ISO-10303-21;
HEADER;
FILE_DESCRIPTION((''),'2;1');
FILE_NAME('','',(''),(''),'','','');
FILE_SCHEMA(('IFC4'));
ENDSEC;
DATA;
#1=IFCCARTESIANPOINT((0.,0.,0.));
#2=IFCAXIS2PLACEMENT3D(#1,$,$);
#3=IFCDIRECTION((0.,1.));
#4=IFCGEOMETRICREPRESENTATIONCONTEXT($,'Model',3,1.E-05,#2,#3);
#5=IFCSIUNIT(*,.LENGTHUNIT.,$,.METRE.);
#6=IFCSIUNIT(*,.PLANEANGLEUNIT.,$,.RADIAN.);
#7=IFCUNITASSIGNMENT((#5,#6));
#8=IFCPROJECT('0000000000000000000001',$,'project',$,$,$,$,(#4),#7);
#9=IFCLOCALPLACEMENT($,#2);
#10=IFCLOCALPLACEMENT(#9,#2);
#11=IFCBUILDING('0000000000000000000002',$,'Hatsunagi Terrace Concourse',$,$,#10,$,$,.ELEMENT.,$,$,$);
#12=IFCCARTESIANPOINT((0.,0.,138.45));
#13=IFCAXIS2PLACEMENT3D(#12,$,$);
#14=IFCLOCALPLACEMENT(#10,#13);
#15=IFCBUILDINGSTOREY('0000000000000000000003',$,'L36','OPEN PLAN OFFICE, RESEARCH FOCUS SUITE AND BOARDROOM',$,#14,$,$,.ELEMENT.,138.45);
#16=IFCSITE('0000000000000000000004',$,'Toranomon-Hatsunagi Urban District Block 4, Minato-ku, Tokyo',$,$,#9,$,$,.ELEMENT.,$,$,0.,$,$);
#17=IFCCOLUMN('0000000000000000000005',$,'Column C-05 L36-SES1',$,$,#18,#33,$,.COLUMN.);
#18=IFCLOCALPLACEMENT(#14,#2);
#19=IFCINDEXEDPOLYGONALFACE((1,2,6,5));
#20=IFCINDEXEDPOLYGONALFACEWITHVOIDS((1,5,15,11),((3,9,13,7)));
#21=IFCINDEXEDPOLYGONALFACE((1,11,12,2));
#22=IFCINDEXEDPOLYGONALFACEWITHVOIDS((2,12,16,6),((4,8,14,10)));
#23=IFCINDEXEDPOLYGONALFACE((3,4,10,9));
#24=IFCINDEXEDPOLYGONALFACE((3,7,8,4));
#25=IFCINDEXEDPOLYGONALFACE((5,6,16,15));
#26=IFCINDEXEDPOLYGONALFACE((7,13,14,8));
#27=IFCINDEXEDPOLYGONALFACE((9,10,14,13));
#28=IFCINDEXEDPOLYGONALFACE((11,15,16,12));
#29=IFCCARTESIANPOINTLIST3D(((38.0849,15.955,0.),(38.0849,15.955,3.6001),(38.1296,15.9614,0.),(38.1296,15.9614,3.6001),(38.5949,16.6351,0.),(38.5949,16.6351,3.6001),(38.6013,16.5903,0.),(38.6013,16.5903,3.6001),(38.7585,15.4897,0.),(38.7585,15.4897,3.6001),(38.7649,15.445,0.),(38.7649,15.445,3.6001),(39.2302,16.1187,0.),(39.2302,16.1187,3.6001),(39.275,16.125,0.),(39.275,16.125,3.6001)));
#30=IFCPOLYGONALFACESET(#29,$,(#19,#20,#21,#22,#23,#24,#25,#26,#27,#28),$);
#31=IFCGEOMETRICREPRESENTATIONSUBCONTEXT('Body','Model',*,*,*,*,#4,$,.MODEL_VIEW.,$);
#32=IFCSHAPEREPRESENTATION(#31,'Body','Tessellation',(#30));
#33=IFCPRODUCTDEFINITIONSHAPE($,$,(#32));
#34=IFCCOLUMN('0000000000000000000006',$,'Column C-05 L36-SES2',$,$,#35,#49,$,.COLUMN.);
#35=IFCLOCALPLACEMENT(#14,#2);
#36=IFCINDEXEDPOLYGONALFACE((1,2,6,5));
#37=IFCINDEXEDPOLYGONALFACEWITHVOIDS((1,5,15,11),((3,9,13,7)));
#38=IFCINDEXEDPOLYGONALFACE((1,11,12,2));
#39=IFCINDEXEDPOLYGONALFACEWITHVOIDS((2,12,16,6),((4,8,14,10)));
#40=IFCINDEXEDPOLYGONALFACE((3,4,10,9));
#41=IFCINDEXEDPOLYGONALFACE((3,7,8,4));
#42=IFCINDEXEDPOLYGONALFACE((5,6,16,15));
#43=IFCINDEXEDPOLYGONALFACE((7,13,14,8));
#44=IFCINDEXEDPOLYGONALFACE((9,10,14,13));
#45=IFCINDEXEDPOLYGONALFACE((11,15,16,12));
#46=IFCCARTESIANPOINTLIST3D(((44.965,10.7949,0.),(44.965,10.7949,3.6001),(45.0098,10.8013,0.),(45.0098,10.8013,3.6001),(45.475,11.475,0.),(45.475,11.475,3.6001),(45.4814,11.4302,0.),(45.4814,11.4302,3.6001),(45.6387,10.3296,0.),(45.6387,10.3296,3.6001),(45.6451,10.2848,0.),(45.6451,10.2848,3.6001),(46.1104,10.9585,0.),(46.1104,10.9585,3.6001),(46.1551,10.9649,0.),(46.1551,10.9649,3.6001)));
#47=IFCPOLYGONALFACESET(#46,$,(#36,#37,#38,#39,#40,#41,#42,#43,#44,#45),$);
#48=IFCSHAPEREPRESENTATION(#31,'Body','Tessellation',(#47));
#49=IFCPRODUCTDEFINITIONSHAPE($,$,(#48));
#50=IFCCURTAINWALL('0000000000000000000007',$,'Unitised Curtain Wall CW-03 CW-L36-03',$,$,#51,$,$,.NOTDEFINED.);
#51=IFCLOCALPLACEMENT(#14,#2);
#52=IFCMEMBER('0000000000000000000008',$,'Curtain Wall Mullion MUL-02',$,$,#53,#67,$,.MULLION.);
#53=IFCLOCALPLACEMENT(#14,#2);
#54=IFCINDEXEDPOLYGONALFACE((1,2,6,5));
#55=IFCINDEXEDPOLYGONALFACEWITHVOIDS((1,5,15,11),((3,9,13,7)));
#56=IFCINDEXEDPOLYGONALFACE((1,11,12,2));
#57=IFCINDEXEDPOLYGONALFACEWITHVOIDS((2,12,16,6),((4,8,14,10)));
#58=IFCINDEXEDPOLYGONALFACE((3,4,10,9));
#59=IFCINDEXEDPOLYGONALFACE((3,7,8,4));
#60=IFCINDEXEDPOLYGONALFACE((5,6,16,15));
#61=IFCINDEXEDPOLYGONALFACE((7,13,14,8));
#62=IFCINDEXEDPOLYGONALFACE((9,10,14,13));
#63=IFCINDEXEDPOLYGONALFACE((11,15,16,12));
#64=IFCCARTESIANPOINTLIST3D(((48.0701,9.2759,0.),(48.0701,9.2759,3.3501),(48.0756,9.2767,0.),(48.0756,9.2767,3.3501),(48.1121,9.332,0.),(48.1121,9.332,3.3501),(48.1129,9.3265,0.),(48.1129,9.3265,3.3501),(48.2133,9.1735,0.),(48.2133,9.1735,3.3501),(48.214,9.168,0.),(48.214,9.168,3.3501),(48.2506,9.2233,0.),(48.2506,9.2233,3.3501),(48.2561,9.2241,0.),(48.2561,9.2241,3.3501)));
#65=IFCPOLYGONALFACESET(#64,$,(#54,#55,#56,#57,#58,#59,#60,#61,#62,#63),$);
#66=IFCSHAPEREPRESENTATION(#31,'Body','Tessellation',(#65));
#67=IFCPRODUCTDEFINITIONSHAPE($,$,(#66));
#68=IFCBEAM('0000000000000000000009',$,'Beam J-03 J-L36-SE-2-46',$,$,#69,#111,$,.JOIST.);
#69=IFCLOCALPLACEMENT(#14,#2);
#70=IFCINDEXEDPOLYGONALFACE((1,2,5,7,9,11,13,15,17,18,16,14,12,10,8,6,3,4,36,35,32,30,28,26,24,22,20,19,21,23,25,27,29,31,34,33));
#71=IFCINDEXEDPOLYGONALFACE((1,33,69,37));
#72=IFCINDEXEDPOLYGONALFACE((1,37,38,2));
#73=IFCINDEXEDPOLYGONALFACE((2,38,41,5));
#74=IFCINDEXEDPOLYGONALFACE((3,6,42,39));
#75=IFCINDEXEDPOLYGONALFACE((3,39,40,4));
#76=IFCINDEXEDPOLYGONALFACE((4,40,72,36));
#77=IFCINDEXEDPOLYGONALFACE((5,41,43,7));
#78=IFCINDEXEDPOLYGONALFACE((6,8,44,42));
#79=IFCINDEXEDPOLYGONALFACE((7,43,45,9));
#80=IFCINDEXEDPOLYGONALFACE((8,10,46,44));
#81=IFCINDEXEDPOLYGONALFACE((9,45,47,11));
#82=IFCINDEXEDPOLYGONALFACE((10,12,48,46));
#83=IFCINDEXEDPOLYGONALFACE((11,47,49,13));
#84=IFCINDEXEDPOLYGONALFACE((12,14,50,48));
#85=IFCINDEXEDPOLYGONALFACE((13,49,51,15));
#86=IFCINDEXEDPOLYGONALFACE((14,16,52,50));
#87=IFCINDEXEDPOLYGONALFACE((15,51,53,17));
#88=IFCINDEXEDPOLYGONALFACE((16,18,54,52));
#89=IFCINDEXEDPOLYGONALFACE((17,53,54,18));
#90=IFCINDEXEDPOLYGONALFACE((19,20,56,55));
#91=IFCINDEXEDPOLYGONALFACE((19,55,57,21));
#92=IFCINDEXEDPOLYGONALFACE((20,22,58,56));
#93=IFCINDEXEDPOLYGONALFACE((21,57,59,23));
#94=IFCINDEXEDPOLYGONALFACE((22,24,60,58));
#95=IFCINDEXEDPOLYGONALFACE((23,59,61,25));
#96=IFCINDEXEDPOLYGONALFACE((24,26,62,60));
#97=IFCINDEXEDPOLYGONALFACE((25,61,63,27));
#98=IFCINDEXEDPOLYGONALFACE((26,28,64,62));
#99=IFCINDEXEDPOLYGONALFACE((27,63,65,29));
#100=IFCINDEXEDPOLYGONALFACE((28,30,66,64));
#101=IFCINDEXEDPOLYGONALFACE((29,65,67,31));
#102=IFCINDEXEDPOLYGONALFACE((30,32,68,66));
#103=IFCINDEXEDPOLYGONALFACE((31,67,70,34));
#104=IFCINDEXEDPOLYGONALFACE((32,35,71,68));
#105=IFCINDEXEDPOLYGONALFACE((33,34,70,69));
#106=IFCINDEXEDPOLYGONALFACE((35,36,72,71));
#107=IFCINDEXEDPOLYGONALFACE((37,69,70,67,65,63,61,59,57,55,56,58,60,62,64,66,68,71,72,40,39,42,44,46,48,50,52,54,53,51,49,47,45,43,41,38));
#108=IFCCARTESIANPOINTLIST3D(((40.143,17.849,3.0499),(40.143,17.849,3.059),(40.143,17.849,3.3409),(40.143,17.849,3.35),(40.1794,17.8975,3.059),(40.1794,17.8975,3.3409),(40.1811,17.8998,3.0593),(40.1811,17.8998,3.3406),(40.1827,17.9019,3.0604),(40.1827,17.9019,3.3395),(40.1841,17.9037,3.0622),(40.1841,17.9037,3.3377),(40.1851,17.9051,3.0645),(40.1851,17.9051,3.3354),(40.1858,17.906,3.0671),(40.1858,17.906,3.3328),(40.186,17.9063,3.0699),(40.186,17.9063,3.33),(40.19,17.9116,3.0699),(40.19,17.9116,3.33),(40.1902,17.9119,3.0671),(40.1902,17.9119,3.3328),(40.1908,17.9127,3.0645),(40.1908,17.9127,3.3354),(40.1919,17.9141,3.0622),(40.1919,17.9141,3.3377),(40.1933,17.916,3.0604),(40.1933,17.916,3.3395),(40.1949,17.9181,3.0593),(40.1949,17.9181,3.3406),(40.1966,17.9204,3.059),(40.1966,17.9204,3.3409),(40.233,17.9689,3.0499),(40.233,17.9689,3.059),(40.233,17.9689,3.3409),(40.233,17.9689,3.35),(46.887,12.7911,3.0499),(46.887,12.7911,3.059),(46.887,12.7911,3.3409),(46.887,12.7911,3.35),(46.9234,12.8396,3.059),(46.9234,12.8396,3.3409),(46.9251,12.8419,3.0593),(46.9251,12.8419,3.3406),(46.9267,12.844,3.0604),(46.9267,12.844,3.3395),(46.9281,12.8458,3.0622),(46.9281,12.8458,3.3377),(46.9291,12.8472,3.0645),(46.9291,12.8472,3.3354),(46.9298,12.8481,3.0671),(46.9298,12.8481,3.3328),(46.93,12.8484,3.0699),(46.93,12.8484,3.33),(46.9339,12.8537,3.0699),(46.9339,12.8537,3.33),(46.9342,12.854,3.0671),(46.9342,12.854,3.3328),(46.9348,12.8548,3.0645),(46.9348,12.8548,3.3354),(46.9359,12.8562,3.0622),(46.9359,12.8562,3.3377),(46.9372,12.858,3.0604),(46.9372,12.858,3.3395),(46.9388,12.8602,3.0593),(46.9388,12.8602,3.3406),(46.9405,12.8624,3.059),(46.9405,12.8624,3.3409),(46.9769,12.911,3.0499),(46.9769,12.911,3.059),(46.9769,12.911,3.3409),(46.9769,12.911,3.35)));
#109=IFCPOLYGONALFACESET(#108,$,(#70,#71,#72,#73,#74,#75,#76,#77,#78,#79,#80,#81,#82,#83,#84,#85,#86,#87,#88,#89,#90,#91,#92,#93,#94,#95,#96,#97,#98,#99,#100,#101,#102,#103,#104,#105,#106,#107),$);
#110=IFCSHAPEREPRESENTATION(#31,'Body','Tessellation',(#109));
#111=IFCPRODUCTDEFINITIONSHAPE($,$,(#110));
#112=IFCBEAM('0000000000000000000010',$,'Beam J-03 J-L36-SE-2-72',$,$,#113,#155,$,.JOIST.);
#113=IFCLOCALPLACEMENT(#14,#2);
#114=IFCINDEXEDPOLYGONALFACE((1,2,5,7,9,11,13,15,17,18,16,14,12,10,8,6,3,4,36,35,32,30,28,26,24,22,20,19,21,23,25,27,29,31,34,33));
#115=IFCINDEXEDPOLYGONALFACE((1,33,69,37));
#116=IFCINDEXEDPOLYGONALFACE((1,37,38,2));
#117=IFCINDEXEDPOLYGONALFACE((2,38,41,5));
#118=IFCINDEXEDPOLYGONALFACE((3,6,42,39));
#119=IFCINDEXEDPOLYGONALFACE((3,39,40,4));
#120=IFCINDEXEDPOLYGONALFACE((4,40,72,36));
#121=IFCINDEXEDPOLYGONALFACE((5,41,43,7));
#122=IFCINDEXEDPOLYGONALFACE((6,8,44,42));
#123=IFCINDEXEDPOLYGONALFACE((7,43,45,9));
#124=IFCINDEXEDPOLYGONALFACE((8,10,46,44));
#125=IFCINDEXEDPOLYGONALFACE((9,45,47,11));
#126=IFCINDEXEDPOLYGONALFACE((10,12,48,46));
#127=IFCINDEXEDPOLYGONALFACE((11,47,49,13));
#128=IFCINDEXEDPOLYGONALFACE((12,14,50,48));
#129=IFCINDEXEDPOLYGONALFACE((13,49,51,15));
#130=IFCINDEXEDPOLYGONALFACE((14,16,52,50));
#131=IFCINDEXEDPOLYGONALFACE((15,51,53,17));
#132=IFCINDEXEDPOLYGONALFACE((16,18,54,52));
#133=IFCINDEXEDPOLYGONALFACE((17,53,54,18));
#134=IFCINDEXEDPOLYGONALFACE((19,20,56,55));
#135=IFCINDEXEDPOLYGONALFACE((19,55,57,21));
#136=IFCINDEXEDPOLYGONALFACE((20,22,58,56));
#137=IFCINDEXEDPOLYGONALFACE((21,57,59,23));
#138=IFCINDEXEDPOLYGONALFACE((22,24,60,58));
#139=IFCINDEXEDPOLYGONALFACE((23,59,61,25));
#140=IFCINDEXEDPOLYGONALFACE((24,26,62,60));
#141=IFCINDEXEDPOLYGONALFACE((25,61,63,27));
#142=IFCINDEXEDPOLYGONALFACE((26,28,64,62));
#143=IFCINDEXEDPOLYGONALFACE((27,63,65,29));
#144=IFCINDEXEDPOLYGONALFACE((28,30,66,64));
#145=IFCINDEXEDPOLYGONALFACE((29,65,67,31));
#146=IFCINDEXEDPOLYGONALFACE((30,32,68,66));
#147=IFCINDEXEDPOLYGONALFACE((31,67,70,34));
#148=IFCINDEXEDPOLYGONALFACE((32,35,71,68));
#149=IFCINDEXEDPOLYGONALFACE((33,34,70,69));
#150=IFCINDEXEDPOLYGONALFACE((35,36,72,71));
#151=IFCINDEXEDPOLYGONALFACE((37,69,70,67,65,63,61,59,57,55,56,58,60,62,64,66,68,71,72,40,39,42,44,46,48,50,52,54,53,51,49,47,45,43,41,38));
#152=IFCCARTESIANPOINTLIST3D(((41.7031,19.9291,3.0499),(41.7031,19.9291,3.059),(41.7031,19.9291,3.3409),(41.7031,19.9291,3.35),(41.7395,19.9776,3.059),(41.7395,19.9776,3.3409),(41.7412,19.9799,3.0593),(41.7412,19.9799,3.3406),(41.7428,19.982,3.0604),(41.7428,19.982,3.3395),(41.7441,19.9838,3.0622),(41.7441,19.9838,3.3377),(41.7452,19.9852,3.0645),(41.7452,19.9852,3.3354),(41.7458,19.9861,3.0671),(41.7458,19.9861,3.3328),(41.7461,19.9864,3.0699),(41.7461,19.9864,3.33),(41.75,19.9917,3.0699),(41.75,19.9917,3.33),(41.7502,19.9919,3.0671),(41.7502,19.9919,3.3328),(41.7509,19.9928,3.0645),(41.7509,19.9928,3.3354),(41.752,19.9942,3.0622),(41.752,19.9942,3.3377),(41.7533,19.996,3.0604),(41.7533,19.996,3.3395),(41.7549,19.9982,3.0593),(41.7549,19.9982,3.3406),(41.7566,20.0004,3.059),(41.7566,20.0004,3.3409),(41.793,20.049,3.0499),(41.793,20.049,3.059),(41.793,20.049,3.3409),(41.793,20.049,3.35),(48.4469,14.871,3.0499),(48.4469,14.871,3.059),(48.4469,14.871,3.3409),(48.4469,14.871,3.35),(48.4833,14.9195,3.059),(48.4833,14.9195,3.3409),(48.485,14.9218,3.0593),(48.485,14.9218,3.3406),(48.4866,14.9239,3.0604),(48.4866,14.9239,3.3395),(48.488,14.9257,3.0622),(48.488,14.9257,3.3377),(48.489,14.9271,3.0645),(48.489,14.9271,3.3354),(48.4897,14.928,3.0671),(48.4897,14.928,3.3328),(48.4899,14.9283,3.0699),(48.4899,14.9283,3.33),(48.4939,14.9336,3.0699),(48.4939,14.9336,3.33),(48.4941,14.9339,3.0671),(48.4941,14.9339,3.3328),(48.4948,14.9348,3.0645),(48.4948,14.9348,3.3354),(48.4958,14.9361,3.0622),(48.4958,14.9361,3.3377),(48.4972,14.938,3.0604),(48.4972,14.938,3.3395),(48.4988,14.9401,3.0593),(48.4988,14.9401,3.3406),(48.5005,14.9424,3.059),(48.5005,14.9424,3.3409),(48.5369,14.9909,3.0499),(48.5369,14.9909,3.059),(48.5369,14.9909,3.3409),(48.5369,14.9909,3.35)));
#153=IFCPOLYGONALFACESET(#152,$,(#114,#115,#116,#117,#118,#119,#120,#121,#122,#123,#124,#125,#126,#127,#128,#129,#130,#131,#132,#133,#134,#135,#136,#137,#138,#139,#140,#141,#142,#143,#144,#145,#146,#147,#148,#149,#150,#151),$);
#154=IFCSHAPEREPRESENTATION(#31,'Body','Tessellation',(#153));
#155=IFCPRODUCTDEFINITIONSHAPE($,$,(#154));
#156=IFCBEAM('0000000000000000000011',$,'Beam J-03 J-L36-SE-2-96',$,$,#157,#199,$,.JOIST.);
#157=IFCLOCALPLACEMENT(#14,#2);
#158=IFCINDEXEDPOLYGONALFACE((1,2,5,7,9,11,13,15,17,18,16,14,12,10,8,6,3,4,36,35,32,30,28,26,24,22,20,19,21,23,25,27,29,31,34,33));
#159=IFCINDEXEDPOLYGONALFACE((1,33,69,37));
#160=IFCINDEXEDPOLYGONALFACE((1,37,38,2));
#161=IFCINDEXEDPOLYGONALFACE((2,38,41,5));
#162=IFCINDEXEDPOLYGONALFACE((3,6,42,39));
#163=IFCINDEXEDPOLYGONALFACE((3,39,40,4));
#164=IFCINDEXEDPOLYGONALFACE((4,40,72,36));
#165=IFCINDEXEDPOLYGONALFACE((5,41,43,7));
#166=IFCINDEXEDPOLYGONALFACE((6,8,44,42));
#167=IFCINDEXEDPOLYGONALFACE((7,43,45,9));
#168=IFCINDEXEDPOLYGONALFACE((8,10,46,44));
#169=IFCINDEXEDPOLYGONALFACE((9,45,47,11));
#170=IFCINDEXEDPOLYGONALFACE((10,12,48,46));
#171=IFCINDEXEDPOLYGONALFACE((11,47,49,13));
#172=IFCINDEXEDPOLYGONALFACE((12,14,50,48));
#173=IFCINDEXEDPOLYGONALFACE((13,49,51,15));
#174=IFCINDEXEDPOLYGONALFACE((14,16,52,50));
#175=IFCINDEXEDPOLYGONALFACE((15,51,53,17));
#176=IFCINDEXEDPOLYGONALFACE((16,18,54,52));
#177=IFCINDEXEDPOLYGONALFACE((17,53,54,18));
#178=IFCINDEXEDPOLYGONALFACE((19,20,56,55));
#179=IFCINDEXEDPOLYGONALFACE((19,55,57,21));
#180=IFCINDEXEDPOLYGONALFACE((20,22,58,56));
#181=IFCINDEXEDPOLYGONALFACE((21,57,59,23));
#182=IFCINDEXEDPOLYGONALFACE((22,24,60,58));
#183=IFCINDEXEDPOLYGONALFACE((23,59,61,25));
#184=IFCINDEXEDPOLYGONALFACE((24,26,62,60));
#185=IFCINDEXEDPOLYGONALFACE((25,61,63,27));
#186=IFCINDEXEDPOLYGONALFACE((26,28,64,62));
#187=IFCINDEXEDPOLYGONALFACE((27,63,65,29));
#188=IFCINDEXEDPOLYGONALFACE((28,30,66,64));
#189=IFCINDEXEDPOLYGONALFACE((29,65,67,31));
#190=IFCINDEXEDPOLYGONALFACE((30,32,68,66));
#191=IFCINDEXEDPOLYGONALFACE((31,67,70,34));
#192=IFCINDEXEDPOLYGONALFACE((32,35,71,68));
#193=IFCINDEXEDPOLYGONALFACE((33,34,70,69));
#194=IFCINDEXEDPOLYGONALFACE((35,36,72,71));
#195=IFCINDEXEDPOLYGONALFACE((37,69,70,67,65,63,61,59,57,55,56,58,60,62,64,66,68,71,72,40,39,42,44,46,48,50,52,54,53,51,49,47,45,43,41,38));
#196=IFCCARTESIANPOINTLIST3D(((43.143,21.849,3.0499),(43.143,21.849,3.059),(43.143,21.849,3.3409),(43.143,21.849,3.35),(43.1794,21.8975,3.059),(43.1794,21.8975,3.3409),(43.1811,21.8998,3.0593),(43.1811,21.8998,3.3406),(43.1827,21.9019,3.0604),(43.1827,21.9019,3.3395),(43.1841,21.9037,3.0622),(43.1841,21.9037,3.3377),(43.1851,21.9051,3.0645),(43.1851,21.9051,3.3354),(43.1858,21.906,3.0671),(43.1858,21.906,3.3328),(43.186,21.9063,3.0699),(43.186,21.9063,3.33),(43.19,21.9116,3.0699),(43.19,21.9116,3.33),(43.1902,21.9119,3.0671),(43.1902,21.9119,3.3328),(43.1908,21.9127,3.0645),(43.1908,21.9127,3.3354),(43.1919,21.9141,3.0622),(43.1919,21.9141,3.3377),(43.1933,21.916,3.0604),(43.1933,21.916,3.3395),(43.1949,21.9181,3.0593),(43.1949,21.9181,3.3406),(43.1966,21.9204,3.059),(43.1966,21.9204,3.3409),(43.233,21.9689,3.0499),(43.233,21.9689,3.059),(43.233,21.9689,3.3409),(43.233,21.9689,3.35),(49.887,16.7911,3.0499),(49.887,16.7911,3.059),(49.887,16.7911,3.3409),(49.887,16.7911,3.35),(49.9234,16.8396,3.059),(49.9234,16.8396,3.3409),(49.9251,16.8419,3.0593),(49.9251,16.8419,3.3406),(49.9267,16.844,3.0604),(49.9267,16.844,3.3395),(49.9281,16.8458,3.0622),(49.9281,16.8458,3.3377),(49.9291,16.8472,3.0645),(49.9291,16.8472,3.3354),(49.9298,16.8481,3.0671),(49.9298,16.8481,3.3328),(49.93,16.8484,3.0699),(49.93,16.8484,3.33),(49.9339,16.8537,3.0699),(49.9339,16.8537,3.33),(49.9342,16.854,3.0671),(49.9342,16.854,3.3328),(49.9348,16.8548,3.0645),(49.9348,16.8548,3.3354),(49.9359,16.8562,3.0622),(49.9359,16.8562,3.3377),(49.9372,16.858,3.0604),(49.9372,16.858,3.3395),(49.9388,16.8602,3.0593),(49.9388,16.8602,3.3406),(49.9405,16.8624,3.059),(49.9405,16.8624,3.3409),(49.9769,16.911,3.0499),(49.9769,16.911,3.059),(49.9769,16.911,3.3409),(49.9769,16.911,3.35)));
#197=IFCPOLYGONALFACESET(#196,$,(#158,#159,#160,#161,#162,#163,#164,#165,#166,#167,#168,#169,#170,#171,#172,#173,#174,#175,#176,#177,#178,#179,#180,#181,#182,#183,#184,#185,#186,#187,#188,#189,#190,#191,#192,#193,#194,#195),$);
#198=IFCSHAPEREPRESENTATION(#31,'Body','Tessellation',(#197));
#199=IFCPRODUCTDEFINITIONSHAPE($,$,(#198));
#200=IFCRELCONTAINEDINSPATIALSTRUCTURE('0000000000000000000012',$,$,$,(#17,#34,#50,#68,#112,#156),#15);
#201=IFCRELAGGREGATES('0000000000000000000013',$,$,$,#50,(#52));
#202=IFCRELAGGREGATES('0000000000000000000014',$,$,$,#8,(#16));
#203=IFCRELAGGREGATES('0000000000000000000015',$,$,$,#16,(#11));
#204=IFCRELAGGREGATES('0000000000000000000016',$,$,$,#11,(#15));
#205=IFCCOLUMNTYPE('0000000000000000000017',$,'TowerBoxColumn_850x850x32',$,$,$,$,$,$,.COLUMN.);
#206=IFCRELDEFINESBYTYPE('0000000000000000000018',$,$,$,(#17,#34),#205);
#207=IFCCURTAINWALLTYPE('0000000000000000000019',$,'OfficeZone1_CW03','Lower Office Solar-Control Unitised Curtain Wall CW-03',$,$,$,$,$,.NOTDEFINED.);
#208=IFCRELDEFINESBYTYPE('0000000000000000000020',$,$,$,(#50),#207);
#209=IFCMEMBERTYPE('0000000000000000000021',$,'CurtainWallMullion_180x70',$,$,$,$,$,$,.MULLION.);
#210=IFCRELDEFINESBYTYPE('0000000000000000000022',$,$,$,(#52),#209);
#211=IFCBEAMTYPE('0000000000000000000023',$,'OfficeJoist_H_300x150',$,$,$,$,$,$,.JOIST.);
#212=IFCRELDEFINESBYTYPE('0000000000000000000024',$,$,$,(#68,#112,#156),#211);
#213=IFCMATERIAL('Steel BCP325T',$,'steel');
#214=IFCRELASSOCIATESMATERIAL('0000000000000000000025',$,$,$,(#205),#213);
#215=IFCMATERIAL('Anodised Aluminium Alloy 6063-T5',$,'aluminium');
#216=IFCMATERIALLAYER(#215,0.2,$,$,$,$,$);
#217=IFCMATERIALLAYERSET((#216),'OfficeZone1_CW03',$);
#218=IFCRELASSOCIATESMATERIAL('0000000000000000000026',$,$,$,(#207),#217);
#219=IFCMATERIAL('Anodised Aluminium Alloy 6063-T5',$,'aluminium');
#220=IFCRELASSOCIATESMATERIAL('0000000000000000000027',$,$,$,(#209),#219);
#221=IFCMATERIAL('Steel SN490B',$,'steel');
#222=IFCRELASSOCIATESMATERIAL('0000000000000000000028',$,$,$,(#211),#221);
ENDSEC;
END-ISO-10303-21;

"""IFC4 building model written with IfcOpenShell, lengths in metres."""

from ifc_helpers import new_model, si_unit, direction, frame, origin, origin_2d, place, context, subcontext, project, spatial, hollow_rectangle, i_section, extrude, material, layer, layer_set, material_profile, profile_set, type_object, element, aggregate, save


model = new_model("IFC4")

# Units and contexts
model_context = context("Model", 3, precision=1e-05, world=origin(), true_north=direction((0.0, 1.0)))
body_context = subcontext(model_context, "Body", "Model", "MODEL_VIEW")
ifc_project = project(units=[si_unit("LENGTHUNIT", "METRE"), si_unit("PLANEANGLEUNIT", "RADIAN")], contexts=[model_context])

# Site, building, storey
site_placement = place(None, origin())
site = spatial("IfcSite", under=ifc_project, at=site_placement, Name="Toranomon-Hatsunagi Urban District Block 4, Minato-ku, Tokyo", CompositionType="ELEMENT", RefElevation=0.0)
building_placement = place(site_placement, origin())
building = spatial("IfcBuilding", under=site, at=building_placement, Name="Hatsunagi Terrace Concourse", CompositionType="ELEMENT")
storey_placement = place(building_placement, frame((0.0, 0.0, 138.45)))
storey = spatial("IfcBuildingStorey", under=building, at=storey_placement, Name="L36", Description="OPEN PLAN OFFICE, RESEARCH FOCUS SUITE AND BOARDROOM", CompositionType="ELEMENT", Elevation=138.45)

# Columns
ifc_material_1 = material(Name="Steel BCP325T", Category="steel")
ifc_material_profile_1 = material_profile(ifc_material_1, hollow_rectangle(XDim=0.8501, YDim=0.8501, WallThickness=0.032, at=origin_2d()), Name="BCP-850x850x32")
ifc_profile_set_1 = profile_set([ifc_material_profile_1], Name="Steel BCP325T")
column_type = type_object("IfcColumnType", Name="TowerBoxColumn_850x850x32", PredefinedType="COLUMN", material=ifc_profile_set_1)
for number, where, z_axis, x_axis, name in (
    (1, (38.6799, 16.04, 0.0), (0.0, 0.0, 1.0), (0.8, -0.6, 0.0), "Column C-05 L36-SES1"),
    (2, (45.5601, 10.8799, 0.0), (0.0, 0.0, 1.0), (0.8, -0.6, 0.0), "Column C-05 L36-SES2"),
):
    element("IfcColumn", number, at=place(storey_placement, frame(where, z_axis=z_axis, x_axis=x_axis)), inside=storey, type_object=column_type, Name=name, PredefinedType="COLUMN", context=body_context, shape_type="SweptSolid", body=[
        extrude(hollow_rectangle(XDim=0.8501, YDim=0.8501, WallThickness=0.032, at=origin_2d()), origin(), (0.0, 0.0, 1.0), 3.6001),
    ])

# Curtain wall, member
ifc_material_2 = material(Name="Anodised Aluminium Alloy 6063-T5", Category="aluminium")
ifc_layer_1 = layer(ifc_material_2, 0.2)
ifc_layer_set_1 = layer_set([ifc_layer_1], Name="OfficeZone1_CW03")
curtain_wall_type = type_object("IfcCurtainWallType", Name="OfficeZone1_CW03", Description="Lower Office Solar-Control Unitised Curtain Wall CW-03", PredefinedType="NOTDEFINED", material=ifc_layer_set_1)
curtain_wall_placement = place(storey_placement, origin())
curtain_wall = element("IfcCurtainWall", 3, at=curtain_wall_placement, inside=storey, type_object=curtain_wall_type, Name="Unitised Curtain Wall CW-03 CW-L36-03", PredefinedType="NOTDEFINED")
ifc_material_3 = material(Name="Anodised Aluminium Alloy 6063-T5", Category="aluminium")
ifc_material_profile_2 = material_profile(ifc_material_3, hollow_rectangle(XDim=0.0701, YDim=0.1799, WallThickness=0.0039, at=origin_2d()), Name="ALU-MUL-180x70x4")
ifc_profile_set_2 = profile_set([ifc_material_profile_2], Name="Anodised Aluminium Alloy 6063-T5")
member_type_1 = type_object("IfcMemberType", Name="CurtainWallMullion_180x70", PredefinedType="MULLION", material=ifc_profile_set_2)
member_1_placement = place(storey_placement, frame((48.1631, 9.25, 0.0), z_axis=(0.0, 0.0, 1.0), x_axis=(-0.599969, -0.800023, 0.0)))
member_1 = element("IfcMember", 4, at=member_1_placement, type_object=member_type_1, Name="Curtain Wall Mullion MUL-02", PredefinedType="MULLION", context=body_context, shape_type="SweptSolid", body=[
    extrude(hollow_rectangle(XDim=0.0701, YDim=0.1799, WallThickness=0.0039, at=origin_2d()), origin(), (0.0, 0.0, 1.0), 3.3501),
])
aggregate(curtain_wall, [member_1])

# Beams
ifc_material_4 = material(Name="Steel SN490B", Category="steel")
ifc_material_profile_3 = material_profile(ifc_material_4, i_section(OverallWidth=0.1499, OverallDepth=0.3, WebThickness=0.0066, FlangeThickness=0.009, FilletRadius=0.011, at=origin_2d()), Name="H-300x150x6.5x9")
ifc_profile_set_3 = profile_set([ifc_material_profile_3], Name="Steel SN490B")
beam_type_1 = type_object("IfcBeamType", Name="OfficeJoist_H_300x150", PredefinedType="JOIST", material=ifc_profile_set_3)
for number, where, z_axis, x_axis, name in (
    (5, (40.188, 17.9089, 3.2), (0.800003, -0.599995, 0.0), (0.599995, 0.800003, 0.0), "Beam J-03 J-L36-SE-2-46"),
    (6, (41.748, 19.989, 3.2), (0.79999, -0.600014, 0.0), (0.600014, 0.79999, 0.0), "Beam J-03 J-L36-SE-2-72"),
    (7, (43.188, 21.9089, 3.2), (0.800003, -0.599995, 0.0), (0.599995, 0.800003, 0.0), "Beam J-03 J-L36-SE-2-96"),
):
    element("IfcBeam", number, at=place(storey_placement, frame(where, z_axis=z_axis, x_axis=x_axis)), inside=storey, type_object=beam_type_1, Name=name, PredefinedType="JOIST", context=body_context, shape_type="SweptSolid", body=[
        extrude(i_section(OverallWidth=0.1499, OverallDepth=0.3, WebThickness=0.0066, FlangeThickness=0.009, FilletRadius=0.011, at=origin_2d()), origin(), (0.0, 0.0, 1.0), 8.4299),
    ])

save(model, "model.ifc")
